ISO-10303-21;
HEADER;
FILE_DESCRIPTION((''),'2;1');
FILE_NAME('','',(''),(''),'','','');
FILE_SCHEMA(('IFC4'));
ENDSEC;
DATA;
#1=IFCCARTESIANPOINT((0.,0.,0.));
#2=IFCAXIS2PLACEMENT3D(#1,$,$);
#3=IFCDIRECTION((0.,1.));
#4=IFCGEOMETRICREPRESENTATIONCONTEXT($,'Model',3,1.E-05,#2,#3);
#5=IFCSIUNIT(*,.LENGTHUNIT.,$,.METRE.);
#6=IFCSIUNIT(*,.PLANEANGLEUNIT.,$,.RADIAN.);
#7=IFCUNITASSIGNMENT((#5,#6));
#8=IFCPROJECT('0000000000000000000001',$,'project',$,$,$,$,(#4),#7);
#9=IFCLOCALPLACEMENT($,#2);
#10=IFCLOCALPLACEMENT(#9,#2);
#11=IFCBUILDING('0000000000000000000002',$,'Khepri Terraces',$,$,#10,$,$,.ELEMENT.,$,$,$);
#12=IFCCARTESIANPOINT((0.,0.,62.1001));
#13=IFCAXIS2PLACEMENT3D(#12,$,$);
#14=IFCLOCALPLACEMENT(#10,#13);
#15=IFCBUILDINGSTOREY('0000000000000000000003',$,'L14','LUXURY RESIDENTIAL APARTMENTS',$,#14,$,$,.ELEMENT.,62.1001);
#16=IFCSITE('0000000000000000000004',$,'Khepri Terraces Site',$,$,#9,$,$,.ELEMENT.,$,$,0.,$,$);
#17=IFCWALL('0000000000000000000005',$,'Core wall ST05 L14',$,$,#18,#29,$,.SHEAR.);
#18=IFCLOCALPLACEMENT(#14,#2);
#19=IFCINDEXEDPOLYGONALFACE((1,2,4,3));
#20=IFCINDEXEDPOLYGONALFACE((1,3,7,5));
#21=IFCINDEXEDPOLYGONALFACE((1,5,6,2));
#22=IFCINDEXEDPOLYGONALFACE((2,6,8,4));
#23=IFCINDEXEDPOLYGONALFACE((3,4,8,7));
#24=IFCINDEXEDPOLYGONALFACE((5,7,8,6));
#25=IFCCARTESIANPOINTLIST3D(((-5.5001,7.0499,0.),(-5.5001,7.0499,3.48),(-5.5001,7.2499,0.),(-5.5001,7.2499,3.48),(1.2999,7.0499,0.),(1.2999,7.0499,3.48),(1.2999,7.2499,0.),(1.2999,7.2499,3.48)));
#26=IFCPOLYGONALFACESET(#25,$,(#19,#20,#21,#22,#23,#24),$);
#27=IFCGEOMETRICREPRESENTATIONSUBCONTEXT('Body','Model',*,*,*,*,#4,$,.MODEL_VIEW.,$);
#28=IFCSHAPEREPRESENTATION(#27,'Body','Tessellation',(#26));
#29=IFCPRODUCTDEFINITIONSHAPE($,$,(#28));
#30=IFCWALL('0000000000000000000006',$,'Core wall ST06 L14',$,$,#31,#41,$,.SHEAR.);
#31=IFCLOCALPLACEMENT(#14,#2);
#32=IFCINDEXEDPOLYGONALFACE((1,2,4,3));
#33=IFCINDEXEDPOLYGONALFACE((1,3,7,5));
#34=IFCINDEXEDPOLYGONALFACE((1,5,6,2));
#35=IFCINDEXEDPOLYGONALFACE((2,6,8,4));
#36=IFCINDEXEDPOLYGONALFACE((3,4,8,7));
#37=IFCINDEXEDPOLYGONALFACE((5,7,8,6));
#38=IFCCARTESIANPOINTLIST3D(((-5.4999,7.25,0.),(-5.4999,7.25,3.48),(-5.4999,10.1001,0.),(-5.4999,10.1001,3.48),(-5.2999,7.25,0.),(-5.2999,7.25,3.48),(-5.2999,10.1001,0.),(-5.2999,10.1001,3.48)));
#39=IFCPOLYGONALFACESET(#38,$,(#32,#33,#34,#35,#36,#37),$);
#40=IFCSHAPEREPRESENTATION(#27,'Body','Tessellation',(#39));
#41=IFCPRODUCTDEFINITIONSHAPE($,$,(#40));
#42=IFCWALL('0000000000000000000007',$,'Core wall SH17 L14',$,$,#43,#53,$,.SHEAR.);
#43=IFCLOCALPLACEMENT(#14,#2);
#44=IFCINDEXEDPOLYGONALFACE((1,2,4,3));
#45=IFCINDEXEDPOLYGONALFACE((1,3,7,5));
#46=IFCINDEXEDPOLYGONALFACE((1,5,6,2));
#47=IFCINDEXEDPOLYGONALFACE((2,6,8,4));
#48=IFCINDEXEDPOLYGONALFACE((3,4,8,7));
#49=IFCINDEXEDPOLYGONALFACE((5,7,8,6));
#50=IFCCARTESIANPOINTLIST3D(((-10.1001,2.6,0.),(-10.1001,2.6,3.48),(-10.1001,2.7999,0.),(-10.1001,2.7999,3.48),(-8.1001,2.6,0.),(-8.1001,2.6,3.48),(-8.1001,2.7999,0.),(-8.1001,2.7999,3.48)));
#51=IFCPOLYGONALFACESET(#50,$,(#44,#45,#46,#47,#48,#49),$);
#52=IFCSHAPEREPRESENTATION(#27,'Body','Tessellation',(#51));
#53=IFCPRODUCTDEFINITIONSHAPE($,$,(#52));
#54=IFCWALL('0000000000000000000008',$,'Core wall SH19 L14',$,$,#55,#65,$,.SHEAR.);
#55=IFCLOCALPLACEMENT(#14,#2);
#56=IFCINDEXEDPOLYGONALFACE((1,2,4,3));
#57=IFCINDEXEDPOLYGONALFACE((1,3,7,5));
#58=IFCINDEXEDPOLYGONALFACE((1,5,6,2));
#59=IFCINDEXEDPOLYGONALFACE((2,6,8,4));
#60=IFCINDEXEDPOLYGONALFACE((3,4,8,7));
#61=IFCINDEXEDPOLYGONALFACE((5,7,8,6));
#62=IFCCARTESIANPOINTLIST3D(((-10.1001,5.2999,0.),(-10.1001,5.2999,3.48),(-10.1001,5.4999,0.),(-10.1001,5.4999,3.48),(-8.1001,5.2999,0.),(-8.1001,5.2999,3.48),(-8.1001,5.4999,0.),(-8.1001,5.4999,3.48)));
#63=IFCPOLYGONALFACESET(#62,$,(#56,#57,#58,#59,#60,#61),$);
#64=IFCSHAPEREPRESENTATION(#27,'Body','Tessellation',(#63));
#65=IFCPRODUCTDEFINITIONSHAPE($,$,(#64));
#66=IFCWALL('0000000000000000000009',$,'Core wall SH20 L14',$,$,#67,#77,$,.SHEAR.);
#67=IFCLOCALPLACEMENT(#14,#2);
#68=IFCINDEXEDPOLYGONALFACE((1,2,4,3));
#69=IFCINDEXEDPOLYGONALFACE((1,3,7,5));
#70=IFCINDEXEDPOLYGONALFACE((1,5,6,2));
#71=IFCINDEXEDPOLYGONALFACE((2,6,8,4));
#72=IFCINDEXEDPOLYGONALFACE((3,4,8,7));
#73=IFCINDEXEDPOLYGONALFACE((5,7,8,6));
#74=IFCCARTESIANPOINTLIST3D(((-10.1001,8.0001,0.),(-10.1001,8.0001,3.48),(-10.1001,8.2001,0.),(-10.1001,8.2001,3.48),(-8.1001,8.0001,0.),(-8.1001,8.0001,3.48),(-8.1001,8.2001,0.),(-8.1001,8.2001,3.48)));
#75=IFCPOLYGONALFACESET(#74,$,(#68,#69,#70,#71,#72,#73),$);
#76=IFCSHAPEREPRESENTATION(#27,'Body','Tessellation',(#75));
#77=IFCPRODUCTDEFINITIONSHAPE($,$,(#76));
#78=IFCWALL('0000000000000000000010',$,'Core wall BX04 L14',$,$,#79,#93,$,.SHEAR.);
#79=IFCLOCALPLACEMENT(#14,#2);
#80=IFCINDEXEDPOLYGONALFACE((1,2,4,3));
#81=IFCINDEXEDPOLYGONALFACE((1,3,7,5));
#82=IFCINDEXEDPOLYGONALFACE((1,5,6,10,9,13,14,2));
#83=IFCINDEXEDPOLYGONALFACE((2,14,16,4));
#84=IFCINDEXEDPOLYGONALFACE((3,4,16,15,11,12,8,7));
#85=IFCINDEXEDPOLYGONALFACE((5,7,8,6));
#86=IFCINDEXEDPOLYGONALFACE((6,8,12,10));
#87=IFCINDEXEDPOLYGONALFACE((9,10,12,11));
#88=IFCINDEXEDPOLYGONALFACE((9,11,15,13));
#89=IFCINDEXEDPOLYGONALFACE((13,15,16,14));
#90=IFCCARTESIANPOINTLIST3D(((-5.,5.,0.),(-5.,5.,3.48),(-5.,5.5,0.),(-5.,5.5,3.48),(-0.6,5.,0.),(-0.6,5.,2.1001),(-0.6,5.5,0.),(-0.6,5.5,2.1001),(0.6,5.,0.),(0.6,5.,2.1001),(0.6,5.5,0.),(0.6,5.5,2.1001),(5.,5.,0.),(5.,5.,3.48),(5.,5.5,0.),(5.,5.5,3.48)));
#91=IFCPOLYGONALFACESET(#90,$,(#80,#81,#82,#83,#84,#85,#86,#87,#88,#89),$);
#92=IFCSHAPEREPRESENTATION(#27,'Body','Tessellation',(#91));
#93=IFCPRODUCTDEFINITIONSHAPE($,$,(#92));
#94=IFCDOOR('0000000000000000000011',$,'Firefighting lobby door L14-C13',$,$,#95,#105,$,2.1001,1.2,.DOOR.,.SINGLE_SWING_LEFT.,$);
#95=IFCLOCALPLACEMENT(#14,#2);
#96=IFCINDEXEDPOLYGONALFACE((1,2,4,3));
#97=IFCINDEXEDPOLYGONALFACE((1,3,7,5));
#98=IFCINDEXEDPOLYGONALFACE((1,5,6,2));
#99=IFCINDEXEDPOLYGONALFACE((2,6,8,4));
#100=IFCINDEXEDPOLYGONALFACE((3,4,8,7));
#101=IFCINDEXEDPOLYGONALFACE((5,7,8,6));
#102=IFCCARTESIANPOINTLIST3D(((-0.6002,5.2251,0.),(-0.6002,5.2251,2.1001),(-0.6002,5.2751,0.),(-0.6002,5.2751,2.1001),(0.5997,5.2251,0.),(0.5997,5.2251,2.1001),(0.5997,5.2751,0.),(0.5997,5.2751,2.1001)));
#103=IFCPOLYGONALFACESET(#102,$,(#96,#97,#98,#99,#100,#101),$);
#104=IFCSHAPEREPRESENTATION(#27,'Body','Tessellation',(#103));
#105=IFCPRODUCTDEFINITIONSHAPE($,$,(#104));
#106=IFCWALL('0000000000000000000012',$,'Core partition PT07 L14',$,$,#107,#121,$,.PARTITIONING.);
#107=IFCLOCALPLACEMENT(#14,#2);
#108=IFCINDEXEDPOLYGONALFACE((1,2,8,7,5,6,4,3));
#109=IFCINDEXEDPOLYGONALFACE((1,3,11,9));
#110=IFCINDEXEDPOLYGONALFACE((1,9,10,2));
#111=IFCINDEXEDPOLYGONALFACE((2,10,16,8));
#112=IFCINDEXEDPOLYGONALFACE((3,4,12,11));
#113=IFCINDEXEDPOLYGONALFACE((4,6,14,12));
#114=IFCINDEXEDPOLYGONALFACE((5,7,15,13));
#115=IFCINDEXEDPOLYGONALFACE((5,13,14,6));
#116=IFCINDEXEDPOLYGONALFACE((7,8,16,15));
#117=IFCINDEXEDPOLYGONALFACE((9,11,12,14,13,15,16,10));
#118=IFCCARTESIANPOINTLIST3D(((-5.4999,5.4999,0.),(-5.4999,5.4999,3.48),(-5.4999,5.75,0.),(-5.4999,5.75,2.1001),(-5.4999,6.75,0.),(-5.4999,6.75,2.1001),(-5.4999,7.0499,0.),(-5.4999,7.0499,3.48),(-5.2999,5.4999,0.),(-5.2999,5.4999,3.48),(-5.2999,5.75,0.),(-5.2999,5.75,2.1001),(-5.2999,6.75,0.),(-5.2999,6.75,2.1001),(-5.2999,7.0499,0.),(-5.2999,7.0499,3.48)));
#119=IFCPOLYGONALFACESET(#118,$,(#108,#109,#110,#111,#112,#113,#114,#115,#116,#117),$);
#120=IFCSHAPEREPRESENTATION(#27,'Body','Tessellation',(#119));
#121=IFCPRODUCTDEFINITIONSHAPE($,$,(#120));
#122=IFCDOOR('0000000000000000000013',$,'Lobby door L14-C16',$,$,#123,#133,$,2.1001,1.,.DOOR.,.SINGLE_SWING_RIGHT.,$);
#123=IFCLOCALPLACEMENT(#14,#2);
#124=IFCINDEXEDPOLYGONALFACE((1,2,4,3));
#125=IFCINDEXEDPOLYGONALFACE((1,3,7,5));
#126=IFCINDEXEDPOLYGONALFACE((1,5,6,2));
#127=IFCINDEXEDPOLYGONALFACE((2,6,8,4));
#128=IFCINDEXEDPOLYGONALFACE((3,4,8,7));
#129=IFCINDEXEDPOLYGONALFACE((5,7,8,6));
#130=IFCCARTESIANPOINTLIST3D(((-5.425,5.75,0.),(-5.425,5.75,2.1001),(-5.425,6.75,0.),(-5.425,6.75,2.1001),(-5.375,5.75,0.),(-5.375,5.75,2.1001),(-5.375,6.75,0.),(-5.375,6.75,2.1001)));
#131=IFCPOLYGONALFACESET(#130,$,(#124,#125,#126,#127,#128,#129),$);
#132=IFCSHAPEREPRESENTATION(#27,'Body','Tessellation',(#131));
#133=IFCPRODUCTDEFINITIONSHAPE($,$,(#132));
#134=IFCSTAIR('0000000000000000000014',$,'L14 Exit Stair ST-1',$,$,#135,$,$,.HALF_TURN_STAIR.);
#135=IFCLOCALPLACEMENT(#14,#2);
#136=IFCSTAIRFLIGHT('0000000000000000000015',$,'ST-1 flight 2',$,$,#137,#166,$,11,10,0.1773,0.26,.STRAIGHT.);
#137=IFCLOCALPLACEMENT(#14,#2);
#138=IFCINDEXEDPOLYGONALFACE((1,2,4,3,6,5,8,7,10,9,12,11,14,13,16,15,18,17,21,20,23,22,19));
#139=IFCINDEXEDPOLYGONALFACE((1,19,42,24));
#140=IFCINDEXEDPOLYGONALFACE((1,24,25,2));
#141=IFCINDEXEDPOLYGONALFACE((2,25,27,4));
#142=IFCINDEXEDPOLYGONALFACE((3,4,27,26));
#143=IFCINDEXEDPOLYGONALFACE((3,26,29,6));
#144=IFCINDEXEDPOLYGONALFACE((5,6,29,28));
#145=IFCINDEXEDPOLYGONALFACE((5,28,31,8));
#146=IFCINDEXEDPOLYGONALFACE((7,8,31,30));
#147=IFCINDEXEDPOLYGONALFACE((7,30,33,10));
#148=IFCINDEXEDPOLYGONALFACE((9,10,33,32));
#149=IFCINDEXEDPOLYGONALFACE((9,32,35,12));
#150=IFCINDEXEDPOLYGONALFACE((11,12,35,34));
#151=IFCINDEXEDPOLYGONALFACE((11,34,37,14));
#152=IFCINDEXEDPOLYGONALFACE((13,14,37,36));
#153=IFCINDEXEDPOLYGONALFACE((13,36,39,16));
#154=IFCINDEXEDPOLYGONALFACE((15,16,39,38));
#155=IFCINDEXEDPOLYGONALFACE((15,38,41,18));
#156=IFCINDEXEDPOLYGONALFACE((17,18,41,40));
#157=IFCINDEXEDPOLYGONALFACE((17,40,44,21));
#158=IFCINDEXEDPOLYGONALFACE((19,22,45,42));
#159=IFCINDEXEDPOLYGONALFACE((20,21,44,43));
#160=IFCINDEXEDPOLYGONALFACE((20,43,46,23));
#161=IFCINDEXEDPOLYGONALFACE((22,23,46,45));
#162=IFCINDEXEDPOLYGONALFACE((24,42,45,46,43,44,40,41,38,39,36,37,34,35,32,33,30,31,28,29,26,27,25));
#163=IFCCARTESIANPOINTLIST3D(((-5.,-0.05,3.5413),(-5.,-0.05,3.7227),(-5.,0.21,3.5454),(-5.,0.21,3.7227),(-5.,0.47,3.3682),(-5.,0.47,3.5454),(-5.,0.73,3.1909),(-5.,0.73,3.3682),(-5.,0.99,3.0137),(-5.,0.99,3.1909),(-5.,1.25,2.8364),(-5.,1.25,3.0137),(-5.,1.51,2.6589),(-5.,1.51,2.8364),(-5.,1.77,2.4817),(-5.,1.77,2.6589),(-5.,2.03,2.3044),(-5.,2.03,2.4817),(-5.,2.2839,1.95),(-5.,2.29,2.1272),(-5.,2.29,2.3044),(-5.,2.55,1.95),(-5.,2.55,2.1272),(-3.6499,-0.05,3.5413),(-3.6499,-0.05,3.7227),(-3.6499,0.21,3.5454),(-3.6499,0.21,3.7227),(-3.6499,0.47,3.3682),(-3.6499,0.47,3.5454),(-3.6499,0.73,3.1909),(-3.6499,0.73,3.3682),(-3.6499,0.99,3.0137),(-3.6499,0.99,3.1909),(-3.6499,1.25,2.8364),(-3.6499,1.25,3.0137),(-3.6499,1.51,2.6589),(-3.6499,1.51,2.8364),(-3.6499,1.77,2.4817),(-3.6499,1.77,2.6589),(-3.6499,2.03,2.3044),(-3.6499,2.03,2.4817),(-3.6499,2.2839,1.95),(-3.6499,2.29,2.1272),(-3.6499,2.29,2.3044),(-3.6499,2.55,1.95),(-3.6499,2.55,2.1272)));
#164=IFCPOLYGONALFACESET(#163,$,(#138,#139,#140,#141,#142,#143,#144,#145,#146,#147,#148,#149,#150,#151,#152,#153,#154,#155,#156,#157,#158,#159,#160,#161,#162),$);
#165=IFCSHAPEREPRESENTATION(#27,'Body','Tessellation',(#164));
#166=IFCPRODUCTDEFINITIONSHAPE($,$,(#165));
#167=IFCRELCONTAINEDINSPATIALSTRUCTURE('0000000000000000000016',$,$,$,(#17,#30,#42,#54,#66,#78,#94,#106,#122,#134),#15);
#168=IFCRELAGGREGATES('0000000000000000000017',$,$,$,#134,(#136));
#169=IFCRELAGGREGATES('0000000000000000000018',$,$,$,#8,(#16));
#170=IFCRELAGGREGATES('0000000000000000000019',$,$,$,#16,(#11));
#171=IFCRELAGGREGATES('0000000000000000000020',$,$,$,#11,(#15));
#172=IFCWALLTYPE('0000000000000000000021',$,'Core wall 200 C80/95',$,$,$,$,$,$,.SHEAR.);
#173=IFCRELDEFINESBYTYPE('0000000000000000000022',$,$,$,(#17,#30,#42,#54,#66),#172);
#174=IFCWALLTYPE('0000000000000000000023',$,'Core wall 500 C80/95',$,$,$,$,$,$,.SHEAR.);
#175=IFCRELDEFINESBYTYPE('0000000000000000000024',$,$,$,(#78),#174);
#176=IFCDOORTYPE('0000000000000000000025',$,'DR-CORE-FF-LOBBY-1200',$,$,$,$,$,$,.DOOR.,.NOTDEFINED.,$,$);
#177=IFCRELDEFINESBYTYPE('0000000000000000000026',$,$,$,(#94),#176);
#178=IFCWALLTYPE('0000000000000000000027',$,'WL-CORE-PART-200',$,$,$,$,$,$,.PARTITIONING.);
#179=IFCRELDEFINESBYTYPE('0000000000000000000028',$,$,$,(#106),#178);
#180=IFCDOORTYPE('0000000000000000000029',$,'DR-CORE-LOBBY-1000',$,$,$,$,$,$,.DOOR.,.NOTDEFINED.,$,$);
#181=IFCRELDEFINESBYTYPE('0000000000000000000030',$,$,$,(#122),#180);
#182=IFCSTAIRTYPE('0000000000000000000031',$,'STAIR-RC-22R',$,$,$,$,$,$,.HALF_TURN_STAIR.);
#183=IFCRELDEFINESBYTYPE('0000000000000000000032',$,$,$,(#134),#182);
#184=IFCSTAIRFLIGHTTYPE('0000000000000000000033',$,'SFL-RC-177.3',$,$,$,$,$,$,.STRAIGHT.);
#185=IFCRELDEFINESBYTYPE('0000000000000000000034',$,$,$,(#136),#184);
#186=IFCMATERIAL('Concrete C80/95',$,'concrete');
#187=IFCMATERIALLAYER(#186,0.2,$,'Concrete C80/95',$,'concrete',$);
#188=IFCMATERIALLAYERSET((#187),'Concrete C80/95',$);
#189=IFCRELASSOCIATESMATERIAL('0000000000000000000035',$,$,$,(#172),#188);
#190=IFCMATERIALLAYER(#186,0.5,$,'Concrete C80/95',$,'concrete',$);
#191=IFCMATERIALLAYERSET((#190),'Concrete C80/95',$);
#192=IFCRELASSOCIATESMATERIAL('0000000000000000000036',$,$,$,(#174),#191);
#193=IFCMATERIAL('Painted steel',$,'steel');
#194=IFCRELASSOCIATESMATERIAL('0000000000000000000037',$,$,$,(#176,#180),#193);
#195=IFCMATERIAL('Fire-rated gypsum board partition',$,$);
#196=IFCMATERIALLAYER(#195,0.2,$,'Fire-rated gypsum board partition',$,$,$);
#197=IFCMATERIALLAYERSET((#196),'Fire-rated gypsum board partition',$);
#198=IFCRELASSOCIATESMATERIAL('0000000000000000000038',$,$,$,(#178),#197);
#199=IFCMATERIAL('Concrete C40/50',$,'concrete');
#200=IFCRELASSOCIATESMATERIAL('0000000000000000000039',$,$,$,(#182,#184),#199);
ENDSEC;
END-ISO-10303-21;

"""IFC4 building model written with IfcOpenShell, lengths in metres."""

from ifc_helpers import new_model, si_unit, direction, frame, frame_2d, origin, place, context, subcontext, project, spatial, polyline, rectangle, outline, extrude, material, layer, layer_set, type_object, element, fill, aggregate, save


model = new_model("IFC4")

# Units and contexts
model_context = context("Model", 3, precision=1e-05, world=origin(), true_north=direction((0.0, 1.0)))
body_context = subcontext(model_context, "Body", "Model", "MODEL_VIEW")
ifc_project = project(units=[si_unit("LENGTHUNIT", "METRE"), si_unit("PLANEANGLEUNIT", "RADIAN")], contexts=[model_context])

# Site, building, storey
site_placement = place(None, origin())
site = spatial("IfcSite", under=ifc_project, at=site_placement, Name="Khepri Terraces Site", CompositionType="ELEMENT", RefElevation=0.0)
building_placement = place(site_placement, origin())
building = spatial("IfcBuilding", under=site, at=building_placement, Name="Khepri Terraces", CompositionType="ELEMENT")
storey_placement = place(building_placement, frame((0.0, 0.0, 62.1001)))
storey = spatial("IfcBuildingStorey", under=building, at=storey_placement, Name="L14", Description="LUXURY RESIDENTIAL APARTMENTS", CompositionType="ELEMENT", Elevation=62.1001)

# Walls
ifc_material_1 = material(Name="Concrete C80/95", Category="concrete")
ifc_layer_1 = layer(ifc_material_1, 0.2, Name="Concrete C80/95", Category="concrete")
ifc_layer_set_1 = layer_set([ifc_layer_1], Name="Concrete C80/95")
wall_type_1 = type_object("IfcWallType", Name="Core wall 200 C80/95", PredefinedType="SHEAR", material=ifc_layer_set_1)
wall_1_placement = place(storey_placement, frame((-5.5, 7.1499, 0.0), z_axis=(0.0, 0.0, 1.0), x_axis=(1.0, 0.0, 0.0)))
element("IfcWall", 1, at=wall_1_placement, inside=storey, type_object=wall_type_1, Name="Core wall ST05 L14", PredefinedType="SHEAR", context=body_context, shape_type="SweptSolid", body=[
    extrude(rectangle(XDim=6.8, YDim=0.2, at=frame_2d((3.3999, 0.0))), origin(), (0.0, 0.0, 1.0), 3.48),
])
wall_2_placement = place(storey_placement, frame((-5.3999, 7.25, 0.0), z_axis=(0.0, 0.0, 1.0), x_axis=(0.0, 1.0, 0.0)))
element("IfcWall", 2, at=wall_2_placement, inside=storey, type_object=wall_type_1, Name="Core wall ST06 L14", PredefinedType="SHEAR", context=body_context, shape_type="SweptSolid", body=[
    extrude(rectangle(XDim=2.8501, YDim=0.2, at=frame_2d((1.425, 0.0))), origin(), (0.0, 0.0, 1.0), 3.48),
])
for number, where, z_axis, x_axis, name in (
    (3, (-10.1001, 2.7, 0.0), (0.0, 0.0, 1.0), (1.0, 0.0, 0.0), "Core wall SH17 L14"),
    (4, (-10.1001, 5.3999, 0.0), (0.0, 0.0, 1.0), (1.0, 0.0, 0.0), "Core wall SH19 L14"),
    (5, (-10.1001, 8.1001, 0.0), (0.0, 0.0, 1.0), (1.0, 0.0, 0.0), "Core wall SH20 L14"),
):
    element("IfcWall", number, at=place(storey_placement, frame(where, z_axis=z_axis, x_axis=x_axis)), inside=storey, type_object=wall_type_1, Name=name, PredefinedType="SHEAR", context=body_context, shape_type="SweptSolid", body=[
        extrude(rectangle(XDim=2.0, YDim=0.2, at=frame_2d((1.0, 0.0))), origin(), (0.0, 0.0, 1.0), 3.48),
    ])

# Walls, openings, doors
ifc_layer_2 = layer(ifc_material_1, 0.5, Name="Concrete C80/95", Category="concrete")
ifc_layer_set_2 = layer_set([ifc_layer_2], Name="Concrete C80/95")
wall_type_2 = type_object("IfcWallType", Name="Core wall 500 C80/95", PredefinedType="SHEAR", material=ifc_layer_set_2)
wall_3_placement = place(storey_placement, frame((-5.0, 5.25, 0.0), z_axis=(0.0, 0.0, 1.0), x_axis=(1.0, 0.0, 0.0)))
wall_3 = element("IfcWall", 6, at=wall_3_placement, inside=storey, type_object=wall_type_2, Name="Core wall BX04 L14", PredefinedType="SHEAR", context=body_context, shape_type="SweptSolid", body=[
    extrude(rectangle(XDim=10.0, YDim=0.5, at=frame_2d((5.0, 0.0))), origin(), (0.0, 0.0, 1.0), 3.48),
])
opening_1_placement = place(wall_3_placement, frame((4.3999, 0.0, 0.0)))
opening_1 = element("IfcOpeningElement", 7, at=opening_1_placement, cuts=wall_3, PredefinedType="OPENING", context=body_context, shape_type="SweptSolid", body=[
    extrude(rectangle(XDim=1.2, YDim=2.1001, at=frame_2d((0.6001, 1.05))), frame((0.0, 0.26, 0.0), z_axis=(0.0, -1.0, 0.0), x_axis=(1.0, 0.0, 0.0)), (0.0, 0.0, 1.0), 0.52),
])
ifc_material_2 = material(Name="Painted steel", Category="steel")
door_type_1 = type_object("IfcDoorType", Name="DR-CORE-FF-LOBBY-1200", OperationType="NOTDEFINED", PredefinedType="DOOR", material=ifc_material_2)
door_1_placement = place(opening_1_placement, frame((1.2, 0.0, 0.0), z_axis=(0.0, 0.0, 1.0), x_axis=(-1.0, 0.0, 0.0)))
door_1 = element("IfcDoor", 8, at=door_1_placement, inside=storey, type_object=door_type_1, Name="Firefighting lobby door L14-C13", OperationType="SINGLE_SWING_LEFT", OverallHeight=2.1001, OverallWidth=1.2, PredefinedType="DOOR", context=body_context, shape_type="SweptSolid", body=[
    extrude(rectangle(XDim=1.2, YDim=2.1001, at=frame_2d((0.6001, 1.05))), frame((0.0, 0.0249, 0.0), z_axis=(0.0, -1.0, 0.0), x_axis=(1.0, 0.0, 0.0)), (0.0, 0.0, 1.0), 0.05),
])
fill(opening_1, door_1)
ifc_material_3 = material(Name="Fire-rated gypsum board partition")
ifc_layer_3 = layer(ifc_material_3, 0.2, Name="Fire-rated gypsum board partition")
ifc_layer_set_3 = layer_set([ifc_layer_3], Name="Fire-rated gypsum board partition")
wall_type_3 = type_object("IfcWallType", Name="WL-CORE-PART-200", PredefinedType="PARTITIONING", material=ifc_layer_set_3)
wall_4_placement = place(storey_placement, frame((-5.3999, 5.5, 0.0), z_axis=(0.0, 0.0, 1.0), x_axis=(0.0, 1.0, 0.0)))
wall_4 = element("IfcWall", 9, at=wall_4_placement, inside=storey, type_object=wall_type_3, Name="Core partition PT07 L14", PredefinedType="PARTITIONING", context=body_context, shape_type="SweptSolid", body=[
    extrude(rectangle(XDim=1.55, YDim=0.2, at=frame_2d((0.7749, 0.0))), origin(), (0.0, 0.0, 1.0), 3.48),
])
opening_2_placement = place(wall_4_placement, frame((0.25, 0.0, 0.0)))
opening_2 = element("IfcOpeningElement", 10, at=opening_2_placement, cuts=wall_4, PredefinedType="OPENING", context=body_context, shape_type="SweptSolid", body=[
    extrude(rectangle(XDim=1.0, YDim=2.1001, at=frame_2d((0.5, 1.05))), frame((0.0, 0.1099, 0.0), z_axis=(0.0, -1.0, 0.0), x_axis=(1.0, 0.0, 0.0)), (0.0, 0.0, 1.0), 0.22),
])
door_type_2 = type_object("IfcDoorType", Name="DR-CORE-LOBBY-1000", OperationType="NOTDEFINED", PredefinedType="DOOR", material=ifc_material_2)
door_2_placement = place(opening_2_placement, frame((1.0, 0.0, 0.0), z_axis=(0.0, 0.0, 1.0), x_axis=(-1.0, 0.0, 0.0)))
door_2 = element("IfcDoor", 11, at=door_2_placement, inside=storey, type_object=door_type_2, Name="Lobby door L14-C16", OperationType="SINGLE_SWING_RIGHT", OverallHeight=2.1001, OverallWidth=1.0, PredefinedType="DOOR", context=body_context, shape_type="SweptSolid", body=[
    extrude(rectangle(XDim=1.0, YDim=2.1001, at=frame_2d((0.5, 1.05))), frame((0.0, 0.0249, 0.0), z_axis=(0.0, -1.0, 0.0), x_axis=(1.0, 0.0, 0.0)), (0.0, 0.0, 1.0), 0.05),
])
fill(opening_2, door_2)

# Stair, stair flight
ifc_material_4 = material(Name="Concrete C40/50", Category="concrete")
stair_type = type_object("IfcStairType", Name="STAIR-RC-22R", PredefinedType="HALF_TURN_STAIR", material=ifc_material_4)
stair_1_placement = place(storey_placement, origin())
stair_1 = element("IfcStair", 12, at=stair_1_placement, inside=storey, type_object=stair_type, Name="L14 Exit Stair ST-1", PredefinedType="HALF_TURN_STAIR")
stair_flight_type = type_object("IfcStairFlightType", Name="SFL-RC-177.3", PredefinedType="STRAIGHT", material=ifc_material_4)
stair_flight_1_placement = place(storey_placement, frame((-4.325, 2.55, 1.95), z_axis=(0.0, 0.0, 1.0), x_axis=(0.0, -1.0, 0.0)))
stair_flight_1 = element("IfcStairFlight", 13, at=stair_flight_1_placement, type_object=stair_flight_type, Name="ST-1 flight 2", NumberOfRisers=11, NumberOfTreads=10, PredefinedType="STRAIGHT", RiserHeight=0.1773, TreadLength=0.26, context=body_context, shape_type="SweptSolid", body=[
    extrude(outline(polyline([(0.0, 0.0), (0.0, 0.1772), (0.26, 0.1772), (0.26, 0.3545), (0.52, 0.3545), (0.52, 0.5317), (0.78, 0.5317), (0.78, 0.709), (1.04, 0.709), (1.04, 0.8865), (1.3, 0.8865), (1.3, 1.0637), (1.5601, 1.0637), (1.5601, 1.241), (1.8201, 1.241), (1.8201, 1.4182), (2.0801, 1.4182), (2.0801, 1.5955), (2.3401, 1.5955), (2.3401, 1.7727), (2.6001, 1.7727), (2.6001, 1.95), (2.6001, 1.5913), (0.2661, 0.0), (0.0, 0.0)])), frame((0.0, 0.675, 0.0), z_axis=(0.0, -1.0, 0.0), x_axis=(1.0, 0.0, 0.0)), (0.0, 0.0, 1.0), 1.3501),
])
aggregate(stair_1, [stair_flight_1])

save(model, "model.ifc")
